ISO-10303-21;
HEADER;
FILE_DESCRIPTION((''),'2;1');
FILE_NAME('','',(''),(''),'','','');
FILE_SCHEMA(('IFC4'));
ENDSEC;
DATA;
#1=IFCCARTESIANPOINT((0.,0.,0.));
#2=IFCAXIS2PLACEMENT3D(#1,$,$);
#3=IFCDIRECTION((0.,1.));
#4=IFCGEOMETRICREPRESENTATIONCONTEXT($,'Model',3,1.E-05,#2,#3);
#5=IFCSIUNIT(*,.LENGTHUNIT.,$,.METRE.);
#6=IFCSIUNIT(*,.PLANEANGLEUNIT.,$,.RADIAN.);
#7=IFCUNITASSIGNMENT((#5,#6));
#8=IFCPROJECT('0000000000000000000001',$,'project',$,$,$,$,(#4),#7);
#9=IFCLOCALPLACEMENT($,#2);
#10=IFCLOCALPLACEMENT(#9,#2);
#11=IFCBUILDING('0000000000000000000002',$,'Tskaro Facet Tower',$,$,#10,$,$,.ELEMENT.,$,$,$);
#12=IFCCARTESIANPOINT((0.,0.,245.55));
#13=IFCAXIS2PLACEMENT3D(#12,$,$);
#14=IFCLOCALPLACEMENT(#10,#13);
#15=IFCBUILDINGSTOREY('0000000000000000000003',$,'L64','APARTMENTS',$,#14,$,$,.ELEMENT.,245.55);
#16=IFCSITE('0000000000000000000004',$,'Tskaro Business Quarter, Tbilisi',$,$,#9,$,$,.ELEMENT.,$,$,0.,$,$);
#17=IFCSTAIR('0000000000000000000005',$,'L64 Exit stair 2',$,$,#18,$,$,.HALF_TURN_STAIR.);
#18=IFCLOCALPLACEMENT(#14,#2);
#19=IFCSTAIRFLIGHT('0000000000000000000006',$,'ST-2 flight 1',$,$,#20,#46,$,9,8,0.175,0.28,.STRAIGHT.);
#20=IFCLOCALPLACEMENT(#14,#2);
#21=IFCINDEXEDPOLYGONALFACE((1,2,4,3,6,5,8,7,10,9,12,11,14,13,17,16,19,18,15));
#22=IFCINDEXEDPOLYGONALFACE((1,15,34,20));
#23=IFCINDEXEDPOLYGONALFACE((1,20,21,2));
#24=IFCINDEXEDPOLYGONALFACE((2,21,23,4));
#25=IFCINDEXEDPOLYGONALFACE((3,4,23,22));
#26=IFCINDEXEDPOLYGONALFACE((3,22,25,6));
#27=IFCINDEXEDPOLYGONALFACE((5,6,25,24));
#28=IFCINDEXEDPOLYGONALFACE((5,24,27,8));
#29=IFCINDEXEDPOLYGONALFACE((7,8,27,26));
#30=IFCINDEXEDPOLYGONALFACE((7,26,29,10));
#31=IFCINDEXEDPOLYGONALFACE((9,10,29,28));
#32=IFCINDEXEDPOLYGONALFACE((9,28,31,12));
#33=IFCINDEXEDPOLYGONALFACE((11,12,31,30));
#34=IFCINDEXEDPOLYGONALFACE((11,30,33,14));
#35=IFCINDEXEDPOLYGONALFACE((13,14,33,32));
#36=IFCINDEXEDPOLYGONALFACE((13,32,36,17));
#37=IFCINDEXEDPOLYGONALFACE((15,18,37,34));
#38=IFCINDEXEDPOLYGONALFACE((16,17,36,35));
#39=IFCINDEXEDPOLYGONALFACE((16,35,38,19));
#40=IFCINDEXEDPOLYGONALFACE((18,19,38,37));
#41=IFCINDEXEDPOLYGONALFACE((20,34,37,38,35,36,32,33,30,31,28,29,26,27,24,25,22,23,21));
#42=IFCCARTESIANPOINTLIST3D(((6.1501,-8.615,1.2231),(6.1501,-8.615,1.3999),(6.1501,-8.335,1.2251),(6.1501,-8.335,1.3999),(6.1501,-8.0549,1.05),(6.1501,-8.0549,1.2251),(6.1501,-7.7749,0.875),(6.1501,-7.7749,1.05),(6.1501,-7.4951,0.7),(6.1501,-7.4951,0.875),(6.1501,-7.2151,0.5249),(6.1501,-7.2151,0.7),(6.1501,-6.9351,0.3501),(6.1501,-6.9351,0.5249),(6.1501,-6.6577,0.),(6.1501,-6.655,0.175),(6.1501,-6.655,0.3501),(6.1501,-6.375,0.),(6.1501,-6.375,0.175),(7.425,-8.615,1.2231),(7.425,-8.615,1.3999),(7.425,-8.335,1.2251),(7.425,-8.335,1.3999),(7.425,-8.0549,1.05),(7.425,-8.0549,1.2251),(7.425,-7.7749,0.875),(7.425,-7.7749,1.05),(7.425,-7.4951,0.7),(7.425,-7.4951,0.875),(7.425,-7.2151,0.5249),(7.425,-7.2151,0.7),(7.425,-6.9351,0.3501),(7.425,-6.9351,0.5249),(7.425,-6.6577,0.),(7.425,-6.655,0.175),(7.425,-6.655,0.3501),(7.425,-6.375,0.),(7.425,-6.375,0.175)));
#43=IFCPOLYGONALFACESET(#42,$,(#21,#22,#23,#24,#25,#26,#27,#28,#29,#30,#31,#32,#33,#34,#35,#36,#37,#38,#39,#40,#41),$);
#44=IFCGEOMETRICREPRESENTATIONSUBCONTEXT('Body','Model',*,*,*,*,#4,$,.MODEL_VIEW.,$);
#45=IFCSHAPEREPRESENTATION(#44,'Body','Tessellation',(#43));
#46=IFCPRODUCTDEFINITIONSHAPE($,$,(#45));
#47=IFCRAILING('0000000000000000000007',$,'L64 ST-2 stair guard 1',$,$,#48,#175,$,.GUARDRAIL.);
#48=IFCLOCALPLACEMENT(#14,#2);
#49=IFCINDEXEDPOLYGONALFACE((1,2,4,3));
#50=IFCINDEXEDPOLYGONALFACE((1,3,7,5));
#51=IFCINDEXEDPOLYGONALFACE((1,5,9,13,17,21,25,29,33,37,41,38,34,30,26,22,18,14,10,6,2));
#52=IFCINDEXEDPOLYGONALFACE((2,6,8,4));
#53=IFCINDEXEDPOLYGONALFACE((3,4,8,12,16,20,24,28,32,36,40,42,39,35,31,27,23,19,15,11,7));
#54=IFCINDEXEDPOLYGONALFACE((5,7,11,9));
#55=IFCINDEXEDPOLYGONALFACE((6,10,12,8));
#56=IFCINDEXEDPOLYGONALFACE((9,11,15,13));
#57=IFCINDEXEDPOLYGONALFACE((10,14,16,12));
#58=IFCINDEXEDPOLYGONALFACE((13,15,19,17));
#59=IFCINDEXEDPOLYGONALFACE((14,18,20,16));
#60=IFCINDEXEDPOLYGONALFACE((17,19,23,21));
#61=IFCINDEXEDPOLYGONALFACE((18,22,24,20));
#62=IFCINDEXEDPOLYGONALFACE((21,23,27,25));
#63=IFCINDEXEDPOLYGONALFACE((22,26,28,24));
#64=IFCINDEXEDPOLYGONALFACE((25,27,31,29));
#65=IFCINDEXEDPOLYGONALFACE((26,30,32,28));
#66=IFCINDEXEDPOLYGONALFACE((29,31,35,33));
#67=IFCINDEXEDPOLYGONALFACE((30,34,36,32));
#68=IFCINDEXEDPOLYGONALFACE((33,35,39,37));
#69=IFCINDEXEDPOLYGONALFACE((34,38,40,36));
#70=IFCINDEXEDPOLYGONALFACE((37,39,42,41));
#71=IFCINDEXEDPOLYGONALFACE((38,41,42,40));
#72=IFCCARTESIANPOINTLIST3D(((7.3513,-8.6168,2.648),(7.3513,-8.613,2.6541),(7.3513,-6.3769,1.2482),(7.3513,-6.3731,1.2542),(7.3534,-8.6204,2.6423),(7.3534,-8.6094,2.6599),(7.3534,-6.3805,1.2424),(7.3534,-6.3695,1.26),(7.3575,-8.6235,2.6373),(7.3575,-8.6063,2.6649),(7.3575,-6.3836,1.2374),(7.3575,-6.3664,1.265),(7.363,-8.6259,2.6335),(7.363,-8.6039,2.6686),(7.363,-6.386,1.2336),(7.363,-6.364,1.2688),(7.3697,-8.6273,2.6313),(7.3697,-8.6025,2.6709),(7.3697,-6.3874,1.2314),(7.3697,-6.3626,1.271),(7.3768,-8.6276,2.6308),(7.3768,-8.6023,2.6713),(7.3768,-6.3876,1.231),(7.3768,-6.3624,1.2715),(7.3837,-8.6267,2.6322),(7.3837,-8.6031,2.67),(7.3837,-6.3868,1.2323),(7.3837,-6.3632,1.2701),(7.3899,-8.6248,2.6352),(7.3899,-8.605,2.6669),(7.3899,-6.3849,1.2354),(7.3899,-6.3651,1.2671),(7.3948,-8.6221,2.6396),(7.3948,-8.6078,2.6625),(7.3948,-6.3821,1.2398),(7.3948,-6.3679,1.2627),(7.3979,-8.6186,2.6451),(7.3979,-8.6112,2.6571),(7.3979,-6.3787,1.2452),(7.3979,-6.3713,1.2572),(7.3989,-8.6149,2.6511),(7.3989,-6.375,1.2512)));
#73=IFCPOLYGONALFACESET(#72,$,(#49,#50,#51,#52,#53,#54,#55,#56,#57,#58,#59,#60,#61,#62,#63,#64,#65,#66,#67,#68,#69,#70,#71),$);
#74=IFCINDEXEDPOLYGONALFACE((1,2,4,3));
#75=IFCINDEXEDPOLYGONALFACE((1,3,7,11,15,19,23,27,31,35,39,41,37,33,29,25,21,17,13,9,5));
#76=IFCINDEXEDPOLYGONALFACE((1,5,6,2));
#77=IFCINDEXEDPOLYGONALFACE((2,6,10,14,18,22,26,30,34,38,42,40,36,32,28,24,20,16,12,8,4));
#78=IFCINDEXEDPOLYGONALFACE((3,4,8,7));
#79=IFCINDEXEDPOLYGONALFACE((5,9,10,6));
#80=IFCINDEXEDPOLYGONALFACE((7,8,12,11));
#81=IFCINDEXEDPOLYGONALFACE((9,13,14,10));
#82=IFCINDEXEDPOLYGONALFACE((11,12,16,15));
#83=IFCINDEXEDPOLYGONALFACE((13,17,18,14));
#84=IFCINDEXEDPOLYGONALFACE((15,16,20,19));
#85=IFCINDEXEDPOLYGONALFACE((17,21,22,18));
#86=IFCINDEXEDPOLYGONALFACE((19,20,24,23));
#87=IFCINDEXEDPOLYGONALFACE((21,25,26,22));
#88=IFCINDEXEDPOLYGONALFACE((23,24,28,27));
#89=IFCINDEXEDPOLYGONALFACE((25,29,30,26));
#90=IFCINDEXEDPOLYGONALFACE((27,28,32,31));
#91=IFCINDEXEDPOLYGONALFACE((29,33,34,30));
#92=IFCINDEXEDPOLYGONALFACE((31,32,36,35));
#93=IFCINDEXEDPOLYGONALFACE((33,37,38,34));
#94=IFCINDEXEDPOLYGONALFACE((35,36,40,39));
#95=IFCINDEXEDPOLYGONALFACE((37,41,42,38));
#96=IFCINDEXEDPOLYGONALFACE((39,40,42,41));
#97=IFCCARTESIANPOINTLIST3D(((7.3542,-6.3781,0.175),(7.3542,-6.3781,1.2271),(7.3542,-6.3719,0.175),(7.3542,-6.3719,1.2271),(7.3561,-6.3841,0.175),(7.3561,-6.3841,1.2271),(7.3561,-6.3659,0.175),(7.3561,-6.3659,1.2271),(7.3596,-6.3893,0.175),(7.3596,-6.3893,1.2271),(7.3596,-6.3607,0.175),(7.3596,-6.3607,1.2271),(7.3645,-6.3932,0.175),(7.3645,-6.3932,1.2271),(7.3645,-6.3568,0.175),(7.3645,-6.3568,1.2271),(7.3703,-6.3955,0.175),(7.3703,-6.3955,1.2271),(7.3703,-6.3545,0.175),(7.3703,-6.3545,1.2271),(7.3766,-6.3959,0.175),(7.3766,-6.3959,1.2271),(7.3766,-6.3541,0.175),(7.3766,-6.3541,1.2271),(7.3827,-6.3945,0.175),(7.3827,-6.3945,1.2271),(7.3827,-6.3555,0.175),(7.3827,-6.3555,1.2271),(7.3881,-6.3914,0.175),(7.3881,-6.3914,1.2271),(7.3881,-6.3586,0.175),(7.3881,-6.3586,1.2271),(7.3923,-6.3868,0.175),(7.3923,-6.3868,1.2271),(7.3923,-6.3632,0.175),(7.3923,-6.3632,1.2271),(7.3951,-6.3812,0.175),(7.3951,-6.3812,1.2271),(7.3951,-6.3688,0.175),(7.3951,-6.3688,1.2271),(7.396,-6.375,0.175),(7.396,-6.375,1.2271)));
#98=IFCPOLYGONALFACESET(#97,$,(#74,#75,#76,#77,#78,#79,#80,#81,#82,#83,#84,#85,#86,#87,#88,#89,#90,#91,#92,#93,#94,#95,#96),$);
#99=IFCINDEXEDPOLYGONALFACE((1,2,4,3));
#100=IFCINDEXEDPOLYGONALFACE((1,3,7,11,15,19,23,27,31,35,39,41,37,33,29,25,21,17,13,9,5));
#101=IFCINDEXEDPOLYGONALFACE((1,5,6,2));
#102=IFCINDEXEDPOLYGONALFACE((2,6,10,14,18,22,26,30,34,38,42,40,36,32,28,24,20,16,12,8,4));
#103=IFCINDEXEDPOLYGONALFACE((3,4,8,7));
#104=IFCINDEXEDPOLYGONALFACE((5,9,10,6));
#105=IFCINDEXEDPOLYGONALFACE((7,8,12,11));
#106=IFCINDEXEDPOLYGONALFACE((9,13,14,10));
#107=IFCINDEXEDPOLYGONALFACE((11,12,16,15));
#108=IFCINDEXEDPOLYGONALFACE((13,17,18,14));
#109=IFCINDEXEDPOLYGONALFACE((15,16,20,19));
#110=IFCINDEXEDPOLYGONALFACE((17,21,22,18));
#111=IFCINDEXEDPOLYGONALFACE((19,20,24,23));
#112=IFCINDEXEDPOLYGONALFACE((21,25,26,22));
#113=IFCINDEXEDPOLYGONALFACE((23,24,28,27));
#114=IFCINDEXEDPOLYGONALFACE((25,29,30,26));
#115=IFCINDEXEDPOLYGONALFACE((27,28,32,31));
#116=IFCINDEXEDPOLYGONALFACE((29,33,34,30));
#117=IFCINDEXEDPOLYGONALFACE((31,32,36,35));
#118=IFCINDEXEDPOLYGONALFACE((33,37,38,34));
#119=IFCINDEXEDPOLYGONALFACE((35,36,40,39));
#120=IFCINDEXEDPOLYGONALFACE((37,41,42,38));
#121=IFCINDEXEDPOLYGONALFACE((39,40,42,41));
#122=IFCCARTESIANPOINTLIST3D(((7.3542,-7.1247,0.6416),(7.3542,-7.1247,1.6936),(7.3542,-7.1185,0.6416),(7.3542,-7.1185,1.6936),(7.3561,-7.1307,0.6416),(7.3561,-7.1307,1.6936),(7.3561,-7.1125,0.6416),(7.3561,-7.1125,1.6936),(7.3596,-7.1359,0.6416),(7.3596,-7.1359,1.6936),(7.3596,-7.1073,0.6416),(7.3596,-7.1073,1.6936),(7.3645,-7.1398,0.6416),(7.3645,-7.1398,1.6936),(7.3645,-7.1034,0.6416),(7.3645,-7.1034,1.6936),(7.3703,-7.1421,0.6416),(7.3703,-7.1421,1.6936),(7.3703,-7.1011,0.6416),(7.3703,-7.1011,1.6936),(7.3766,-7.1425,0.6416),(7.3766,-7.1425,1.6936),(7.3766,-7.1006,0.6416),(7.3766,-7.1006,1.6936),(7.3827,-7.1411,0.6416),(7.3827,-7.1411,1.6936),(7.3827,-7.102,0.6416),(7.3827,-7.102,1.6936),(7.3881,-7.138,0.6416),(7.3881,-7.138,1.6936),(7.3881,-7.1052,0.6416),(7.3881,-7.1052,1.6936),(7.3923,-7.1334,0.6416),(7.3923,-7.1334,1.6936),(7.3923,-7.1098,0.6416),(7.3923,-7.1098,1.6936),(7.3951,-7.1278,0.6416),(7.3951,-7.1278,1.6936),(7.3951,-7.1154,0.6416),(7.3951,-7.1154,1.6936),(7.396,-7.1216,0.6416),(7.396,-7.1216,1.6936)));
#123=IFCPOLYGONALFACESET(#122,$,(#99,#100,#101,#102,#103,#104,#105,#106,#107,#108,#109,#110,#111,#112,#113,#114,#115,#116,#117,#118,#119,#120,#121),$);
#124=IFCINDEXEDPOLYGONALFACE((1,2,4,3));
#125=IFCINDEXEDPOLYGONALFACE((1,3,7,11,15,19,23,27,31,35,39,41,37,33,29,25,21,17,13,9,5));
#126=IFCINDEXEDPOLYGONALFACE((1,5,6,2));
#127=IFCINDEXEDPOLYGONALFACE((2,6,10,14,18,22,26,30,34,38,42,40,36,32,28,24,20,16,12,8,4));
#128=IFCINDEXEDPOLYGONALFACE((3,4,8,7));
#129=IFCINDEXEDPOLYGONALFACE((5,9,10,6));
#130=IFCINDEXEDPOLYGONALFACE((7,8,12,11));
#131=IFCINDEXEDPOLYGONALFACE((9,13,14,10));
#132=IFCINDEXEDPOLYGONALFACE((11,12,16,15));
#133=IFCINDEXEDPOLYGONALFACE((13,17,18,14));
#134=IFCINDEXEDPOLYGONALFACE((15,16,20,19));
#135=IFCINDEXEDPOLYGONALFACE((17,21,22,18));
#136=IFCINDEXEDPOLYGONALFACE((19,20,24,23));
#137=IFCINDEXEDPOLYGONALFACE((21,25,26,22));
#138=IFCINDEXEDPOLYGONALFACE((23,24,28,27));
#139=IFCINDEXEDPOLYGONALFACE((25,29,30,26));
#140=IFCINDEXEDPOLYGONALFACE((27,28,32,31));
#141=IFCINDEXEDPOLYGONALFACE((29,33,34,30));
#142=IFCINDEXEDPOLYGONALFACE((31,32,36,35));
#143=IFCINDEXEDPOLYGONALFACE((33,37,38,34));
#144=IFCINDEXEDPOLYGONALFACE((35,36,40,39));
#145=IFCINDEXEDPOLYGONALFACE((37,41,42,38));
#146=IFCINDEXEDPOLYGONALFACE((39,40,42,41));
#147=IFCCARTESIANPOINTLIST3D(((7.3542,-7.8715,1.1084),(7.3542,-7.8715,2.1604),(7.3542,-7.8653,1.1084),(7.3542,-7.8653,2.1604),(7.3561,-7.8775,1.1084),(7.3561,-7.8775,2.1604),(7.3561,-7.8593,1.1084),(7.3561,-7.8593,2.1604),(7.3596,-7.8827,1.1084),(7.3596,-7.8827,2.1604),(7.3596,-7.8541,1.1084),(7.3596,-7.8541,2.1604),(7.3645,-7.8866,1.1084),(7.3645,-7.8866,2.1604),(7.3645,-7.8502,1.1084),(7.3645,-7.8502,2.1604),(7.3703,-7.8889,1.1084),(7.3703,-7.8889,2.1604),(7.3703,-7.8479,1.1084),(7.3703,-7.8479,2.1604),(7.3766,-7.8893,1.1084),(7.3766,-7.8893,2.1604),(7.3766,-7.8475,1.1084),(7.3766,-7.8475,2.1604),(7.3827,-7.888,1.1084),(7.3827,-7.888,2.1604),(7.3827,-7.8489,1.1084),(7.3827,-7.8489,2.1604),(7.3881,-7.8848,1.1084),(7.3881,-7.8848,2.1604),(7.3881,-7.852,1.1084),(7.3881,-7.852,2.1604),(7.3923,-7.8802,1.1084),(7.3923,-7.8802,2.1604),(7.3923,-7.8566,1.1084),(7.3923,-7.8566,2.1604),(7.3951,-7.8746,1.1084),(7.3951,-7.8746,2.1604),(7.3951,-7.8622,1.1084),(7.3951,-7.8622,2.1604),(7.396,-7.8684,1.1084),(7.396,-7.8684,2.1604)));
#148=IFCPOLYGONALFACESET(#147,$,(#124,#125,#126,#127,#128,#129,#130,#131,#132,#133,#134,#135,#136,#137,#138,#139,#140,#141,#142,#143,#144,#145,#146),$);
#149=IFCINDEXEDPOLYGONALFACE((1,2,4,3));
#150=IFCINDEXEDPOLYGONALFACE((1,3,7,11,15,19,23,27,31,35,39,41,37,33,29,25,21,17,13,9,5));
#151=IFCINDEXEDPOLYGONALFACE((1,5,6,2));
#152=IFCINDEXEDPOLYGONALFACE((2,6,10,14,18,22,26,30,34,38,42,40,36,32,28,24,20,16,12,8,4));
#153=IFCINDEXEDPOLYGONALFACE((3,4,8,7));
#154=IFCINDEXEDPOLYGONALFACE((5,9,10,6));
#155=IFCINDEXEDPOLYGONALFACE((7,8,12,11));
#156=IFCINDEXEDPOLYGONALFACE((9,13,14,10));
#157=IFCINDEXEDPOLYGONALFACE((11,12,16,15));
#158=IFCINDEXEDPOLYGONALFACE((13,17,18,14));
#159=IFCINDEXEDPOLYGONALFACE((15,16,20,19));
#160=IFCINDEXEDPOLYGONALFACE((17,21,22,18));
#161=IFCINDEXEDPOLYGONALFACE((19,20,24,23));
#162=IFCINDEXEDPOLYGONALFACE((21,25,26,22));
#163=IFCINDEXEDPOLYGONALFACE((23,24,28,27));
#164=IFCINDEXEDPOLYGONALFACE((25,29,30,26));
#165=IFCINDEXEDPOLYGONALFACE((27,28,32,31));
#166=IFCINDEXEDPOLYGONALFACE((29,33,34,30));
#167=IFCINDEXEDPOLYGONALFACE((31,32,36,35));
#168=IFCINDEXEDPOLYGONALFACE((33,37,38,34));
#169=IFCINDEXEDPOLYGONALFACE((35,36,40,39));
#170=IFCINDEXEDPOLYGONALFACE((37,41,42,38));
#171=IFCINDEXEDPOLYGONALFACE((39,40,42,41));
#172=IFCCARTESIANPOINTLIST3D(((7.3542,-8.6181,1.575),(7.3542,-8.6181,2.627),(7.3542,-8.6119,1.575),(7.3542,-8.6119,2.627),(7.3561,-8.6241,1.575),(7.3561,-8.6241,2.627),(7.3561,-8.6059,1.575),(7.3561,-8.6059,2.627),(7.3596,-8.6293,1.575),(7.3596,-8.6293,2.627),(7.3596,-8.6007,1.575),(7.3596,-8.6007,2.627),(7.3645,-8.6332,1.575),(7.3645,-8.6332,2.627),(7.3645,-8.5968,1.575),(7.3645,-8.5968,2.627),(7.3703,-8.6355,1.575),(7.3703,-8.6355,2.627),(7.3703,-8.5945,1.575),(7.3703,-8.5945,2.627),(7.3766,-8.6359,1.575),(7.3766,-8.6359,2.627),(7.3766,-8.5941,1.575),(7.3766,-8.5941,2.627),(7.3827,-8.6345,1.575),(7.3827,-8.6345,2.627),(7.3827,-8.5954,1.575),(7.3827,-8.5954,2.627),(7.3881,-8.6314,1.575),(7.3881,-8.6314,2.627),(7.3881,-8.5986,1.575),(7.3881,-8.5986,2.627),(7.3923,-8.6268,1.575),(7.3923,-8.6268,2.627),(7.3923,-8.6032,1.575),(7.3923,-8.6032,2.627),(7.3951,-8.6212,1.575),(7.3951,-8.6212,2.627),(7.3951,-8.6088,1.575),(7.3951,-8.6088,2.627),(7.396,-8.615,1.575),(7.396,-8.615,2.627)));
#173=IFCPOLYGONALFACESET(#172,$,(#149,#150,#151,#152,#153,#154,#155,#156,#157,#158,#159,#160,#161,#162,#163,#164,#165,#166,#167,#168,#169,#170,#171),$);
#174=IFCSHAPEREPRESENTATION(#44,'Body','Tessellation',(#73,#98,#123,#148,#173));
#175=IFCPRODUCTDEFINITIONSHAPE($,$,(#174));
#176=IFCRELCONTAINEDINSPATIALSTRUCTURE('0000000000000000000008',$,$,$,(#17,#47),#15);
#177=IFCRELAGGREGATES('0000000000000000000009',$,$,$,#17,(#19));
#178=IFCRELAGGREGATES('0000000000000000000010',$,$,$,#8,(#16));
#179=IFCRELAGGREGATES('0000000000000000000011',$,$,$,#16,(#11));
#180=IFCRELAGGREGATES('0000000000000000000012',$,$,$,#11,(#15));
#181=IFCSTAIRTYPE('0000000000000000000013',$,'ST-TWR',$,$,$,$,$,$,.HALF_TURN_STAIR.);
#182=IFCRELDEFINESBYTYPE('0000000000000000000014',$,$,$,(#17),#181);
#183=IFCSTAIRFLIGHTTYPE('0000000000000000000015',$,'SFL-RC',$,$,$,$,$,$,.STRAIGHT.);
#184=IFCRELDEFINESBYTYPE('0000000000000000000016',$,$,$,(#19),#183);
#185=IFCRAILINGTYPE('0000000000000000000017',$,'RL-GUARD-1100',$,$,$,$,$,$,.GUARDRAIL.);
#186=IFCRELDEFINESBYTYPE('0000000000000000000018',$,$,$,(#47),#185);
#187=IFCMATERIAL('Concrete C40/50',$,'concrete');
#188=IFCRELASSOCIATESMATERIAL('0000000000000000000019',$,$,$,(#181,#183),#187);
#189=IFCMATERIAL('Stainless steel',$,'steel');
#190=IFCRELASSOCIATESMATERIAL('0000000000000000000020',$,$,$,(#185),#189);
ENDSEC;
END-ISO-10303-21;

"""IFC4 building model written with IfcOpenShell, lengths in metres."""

from ifc_helpers import new_model, si_unit, direction, frame, origin, origin_2d, place, context, subcontext, project, spatial, polyline, circle, outline, extrude, material, type_object, element, aggregate, save


model = new_model("IFC4")

# Units and contexts
model_context = context("Model", 3, precision=1e-05, world=origin(), true_north=direction((0.0, 1.0)))
body_context = subcontext(model_context, "Body", "Model", "MODEL_VIEW")
ifc_project = project(units=[si_unit("LENGTHUNIT", "METRE"), si_unit("PLANEANGLEUNIT", "RADIAN")], contexts=[model_context])

# Site, building, storey
site_placement = place(None, origin())
site = spatial("IfcSite", under=ifc_project, at=site_placement, Name="Tskaro Business Quarter, Tbilisi", CompositionType="ELEMENT", RefElevation=0.0)
building_placement = place(site_placement, origin())
building = spatial("IfcBuilding", under=site, at=building_placement, Name="Tskaro Facet Tower", CompositionType="ELEMENT")
storey_placement = place(building_placement, frame((0.0, 0.0, 245.55)))
storey = spatial("IfcBuildingStorey", under=building, at=storey_placement, Name="L64", Description="APARTMENTS", CompositionType="ELEMENT", Elevation=245.55)

# Shared definitions
ifc_material_1 = material(Name="Stainless steel", Category="steel")

# Stair, stair flight
ifc_material_2 = material(Name="Concrete C40/50", Category="concrete")
stair_type = type_object("IfcStairType", Name="ST-TWR", PredefinedType="HALF_TURN_STAIR", material=ifc_material_2)
stair_placement = place(storey_placement, origin())
stair = element("IfcStair", 1, at=stair_placement, inside=storey, type_object=stair_type, Name="L64 Exit stair 2", PredefinedType="HALF_TURN_STAIR")
stair_flight_type = type_object("IfcStairFlightType", Name="SFL-RC", PredefinedType="STRAIGHT", material=ifc_material_2)
stair_flight_placement = place(storey_placement, frame((6.7876, -6.375, 0.0), z_axis=(0.0, 0.0, 1.0), x_axis=(0.0, -1.0, 0.0)))
stair_flight = element("IfcStairFlight", 2, at=stair_flight_placement, type_object=stair_flight_type, Name="ST-2 flight 1", NumberOfRisers=9, NumberOfTreads=8, PredefinedType="STRAIGHT", RiserHeight=0.175, TreadLength=0.28, context=body_context, shape_type="SweptSolid", body=[
    extrude(outline(polyline([(0.0, 0.0), (0.0, 0.175), (0.28, 0.175), (0.28, 0.3501), (0.5601, 0.3501), (0.5601, 0.5249), (0.8401, 0.5249), (0.8401, 0.7), (1.1201, 0.7), (1.1201, 0.875), (1.3999, 0.875), (1.3999, 1.05), (1.6799, 1.05), (1.6799, 1.2251), (1.96, 1.2251), (1.96, 1.3999), (2.24, 1.3999), (2.24, 1.575), (2.24, 1.2231), (0.2827, 0.0), (0.0, 0.0)])), frame((0.0, 0.6375, 0.0), z_axis=(0.0, -1.0, 0.0), x_axis=(1.0, 0.0, 0.0)), (0.0, 0.0, 1.0), 1.2749),
])
aggregate(stair, [stair_flight])

# Railing
railing_type_1 = type_object("IfcRailingType", Name="RL-GUARD-1100", PredefinedType="GUARDRAIL", material=ifc_material_1)
railing_1_placement = place(storey_placement, frame((7.375, -6.375, 0.175)))
element("IfcRailing", 3, at=railing_1_placement, inside=storey, type_object=railing_type_1, Name="L64 ST-2 stair guard 1", PredefinedType="GUARDRAIL", context=body_context, shape_type="SweptSolid", body=[
    extrude(circle(Radius=0.0239, at=origin_2d()), frame((0.0, 0.0, 1.0762), z_axis=(0.0, -0.848014, 0.529974), x_axis=(1.0, 0.0, 0.0)), (0.0, 0.0, 1.0), 2.6414),
    extrude(circle(Radius=0.021, at=origin_2d()), origin(), (0.0, 0.0, 1.0), 1.052),
    extrude(circle(Radius=0.021, at=origin_2d()), frame((0.0, -0.7466, 0.4666)), (0.0, 0.0, 1.0), 1.052),
    extrude(circle(Radius=0.021, at=origin_2d()), frame((0.0, -1.4934, 0.9333)), (0.0, 0.0, 1.0), 1.052),
    extrude(circle(Radius=0.021, at=origin_2d()), frame((0.0, -2.24, 1.3999)), (0.0, 0.0, 1.0), 1.052),
])

save(model, "model.ifc")
